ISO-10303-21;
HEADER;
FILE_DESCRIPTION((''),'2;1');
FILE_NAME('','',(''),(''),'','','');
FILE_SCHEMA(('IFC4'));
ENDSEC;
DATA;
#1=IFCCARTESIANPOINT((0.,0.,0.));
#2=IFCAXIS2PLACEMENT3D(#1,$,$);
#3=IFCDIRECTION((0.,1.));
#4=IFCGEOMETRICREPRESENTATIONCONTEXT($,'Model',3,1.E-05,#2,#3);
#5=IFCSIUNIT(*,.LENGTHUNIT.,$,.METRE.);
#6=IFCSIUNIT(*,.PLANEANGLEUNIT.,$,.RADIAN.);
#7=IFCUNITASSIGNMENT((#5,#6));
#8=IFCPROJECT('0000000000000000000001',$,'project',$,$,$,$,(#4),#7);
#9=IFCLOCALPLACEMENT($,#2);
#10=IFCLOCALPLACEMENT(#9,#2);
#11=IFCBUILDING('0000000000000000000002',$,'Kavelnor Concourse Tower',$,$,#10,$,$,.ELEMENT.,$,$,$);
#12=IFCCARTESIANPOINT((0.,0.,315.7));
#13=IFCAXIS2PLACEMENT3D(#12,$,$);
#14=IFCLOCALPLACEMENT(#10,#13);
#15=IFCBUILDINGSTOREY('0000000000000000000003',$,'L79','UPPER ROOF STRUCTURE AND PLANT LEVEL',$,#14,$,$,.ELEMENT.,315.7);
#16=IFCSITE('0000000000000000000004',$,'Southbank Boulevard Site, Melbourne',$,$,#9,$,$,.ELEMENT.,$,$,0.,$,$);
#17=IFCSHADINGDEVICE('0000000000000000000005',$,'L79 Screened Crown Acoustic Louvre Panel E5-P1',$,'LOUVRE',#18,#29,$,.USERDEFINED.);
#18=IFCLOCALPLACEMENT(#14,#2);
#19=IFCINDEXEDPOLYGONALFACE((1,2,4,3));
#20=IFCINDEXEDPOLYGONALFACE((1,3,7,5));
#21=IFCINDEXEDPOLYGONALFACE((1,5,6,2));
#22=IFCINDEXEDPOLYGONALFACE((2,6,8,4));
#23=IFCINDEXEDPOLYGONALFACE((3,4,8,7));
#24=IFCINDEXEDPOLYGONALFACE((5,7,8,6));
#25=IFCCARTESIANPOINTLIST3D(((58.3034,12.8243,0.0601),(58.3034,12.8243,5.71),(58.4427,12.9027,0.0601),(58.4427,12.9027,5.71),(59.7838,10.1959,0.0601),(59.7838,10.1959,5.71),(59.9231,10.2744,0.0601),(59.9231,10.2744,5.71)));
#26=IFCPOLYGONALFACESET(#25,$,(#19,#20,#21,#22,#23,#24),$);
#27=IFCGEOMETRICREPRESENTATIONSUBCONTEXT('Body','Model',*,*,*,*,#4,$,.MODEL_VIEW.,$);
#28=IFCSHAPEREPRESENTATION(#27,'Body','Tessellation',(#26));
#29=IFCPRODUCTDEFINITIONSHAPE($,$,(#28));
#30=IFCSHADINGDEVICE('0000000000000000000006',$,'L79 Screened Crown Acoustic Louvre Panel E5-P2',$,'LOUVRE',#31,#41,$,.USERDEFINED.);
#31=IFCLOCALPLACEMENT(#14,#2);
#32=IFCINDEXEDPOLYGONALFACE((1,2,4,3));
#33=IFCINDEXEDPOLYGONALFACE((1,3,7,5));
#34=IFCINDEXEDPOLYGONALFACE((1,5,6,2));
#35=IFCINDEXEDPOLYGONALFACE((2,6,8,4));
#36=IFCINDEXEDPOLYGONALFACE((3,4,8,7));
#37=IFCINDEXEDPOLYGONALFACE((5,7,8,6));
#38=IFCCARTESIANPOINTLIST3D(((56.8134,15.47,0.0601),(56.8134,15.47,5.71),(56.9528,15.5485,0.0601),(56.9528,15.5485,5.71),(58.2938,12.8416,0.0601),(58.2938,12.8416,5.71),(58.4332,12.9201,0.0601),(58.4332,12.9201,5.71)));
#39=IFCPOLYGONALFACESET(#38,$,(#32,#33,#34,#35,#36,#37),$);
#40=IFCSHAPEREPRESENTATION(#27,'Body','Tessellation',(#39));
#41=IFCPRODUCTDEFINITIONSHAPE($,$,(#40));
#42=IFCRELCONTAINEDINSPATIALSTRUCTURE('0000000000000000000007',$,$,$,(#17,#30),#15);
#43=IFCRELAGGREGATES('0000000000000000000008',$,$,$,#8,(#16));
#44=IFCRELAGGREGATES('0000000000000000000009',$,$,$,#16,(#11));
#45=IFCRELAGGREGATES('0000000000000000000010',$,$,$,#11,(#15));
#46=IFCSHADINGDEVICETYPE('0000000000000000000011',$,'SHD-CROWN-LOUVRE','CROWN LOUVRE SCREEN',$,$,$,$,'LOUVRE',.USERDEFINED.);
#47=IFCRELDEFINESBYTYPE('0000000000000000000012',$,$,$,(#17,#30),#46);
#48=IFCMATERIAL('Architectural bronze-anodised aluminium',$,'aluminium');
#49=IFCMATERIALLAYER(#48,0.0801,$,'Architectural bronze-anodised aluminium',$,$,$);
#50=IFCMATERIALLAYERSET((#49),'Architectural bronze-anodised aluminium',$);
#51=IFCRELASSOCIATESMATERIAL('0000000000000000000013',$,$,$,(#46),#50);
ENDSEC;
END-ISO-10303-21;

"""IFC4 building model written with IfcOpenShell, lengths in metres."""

from ifc_helpers import new_model, si_unit, direction, frame, origin, origin_2d, place, context, subcontext, project, spatial, rectangle, extrude, material, layer, layer_set, type_object, element, save


model = new_model("IFC4")

# Units and contexts
model_context = context("Model", 3, precision=1e-05, world=origin(), true_north=direction((0.0, 1.0)))
body_context = subcontext(model_context, "Body", "Model", "MODEL_VIEW")
ifc_project = project(units=[si_unit("LENGTHUNIT", "METRE"), si_unit("PLANEANGLEUNIT", "RADIAN")], contexts=[model_context])

# Site, building, storey
site_placement = place(None, origin())
site = spatial("IfcSite", under=ifc_project, at=site_placement, Name="Southbank Boulevard Site, Melbourne", CompositionType="ELEMENT", RefElevation=0.0)
building_placement = place(site_placement, origin())
building = spatial("IfcBuilding", under=site, at=building_placement, Name="Kavelnor Concourse Tower", CompositionType="ELEMENT")
storey_placement = place(building_placement, frame((0.0, 0.0, 315.7)))
storey = spatial("IfcBuildingStorey", under=building, at=storey_placement, Name="L79", Description="UPPER ROOF STRUCTURE AND PLANT LEVEL", CompositionType="ELEMENT", Elevation=315.7)

# Shading devices
ifc_material_1 = material(Name="Architectural bronze-anodised aluminium", Category="aluminium")
ifc_layer_1 = layer(ifc_material_1, 0.0801, Name="Architectural bronze-anodised aluminium")
ifc_layer_set_1 = layer_set([ifc_layer_1], Name="Architectural bronze-anodised aluminium")
shading_device_type = type_object("IfcShadingDeviceType", Name="SHD-CROWN-LOUVRE", Description="CROWN LOUVRE SCREEN", ElementType="LOUVRE", PredefinedType="USERDEFINED", material=ifc_layer_set_1)
for number, where, z_axis, x_axis, name in (
    (1, (59.1133, 11.5493, 0.0601), (0.0, 0.0, 1.0), (-0.490752, 0.871299, 0.0), "L79 Screened Crown Acoustic Louvre Panel E5-P1"),
    (2, (57.6233, 14.1951, 0.0601), (0.0, 0.0, 1.0), (-0.490752, 0.871299, 0.0), "L79 Screened Crown Acoustic Louvre Panel E5-P2"),
):
    element("IfcShadingDevice", number, at=place(storey_placement, frame(where, z_axis=z_axis, x_axis=x_axis)), inside=storey, type_object=shading_device_type, Name=name, ObjectType="LOUVRE", PredefinedType="USERDEFINED", context=body_context, shape_type="SweptSolid", body=[
        extrude(rectangle(XDim=3.0166, YDim=0.1599, at=origin_2d()), origin(), (0.0, 0.0, 1.0), 5.6499),
    ])

save(model, "model.ifc")
